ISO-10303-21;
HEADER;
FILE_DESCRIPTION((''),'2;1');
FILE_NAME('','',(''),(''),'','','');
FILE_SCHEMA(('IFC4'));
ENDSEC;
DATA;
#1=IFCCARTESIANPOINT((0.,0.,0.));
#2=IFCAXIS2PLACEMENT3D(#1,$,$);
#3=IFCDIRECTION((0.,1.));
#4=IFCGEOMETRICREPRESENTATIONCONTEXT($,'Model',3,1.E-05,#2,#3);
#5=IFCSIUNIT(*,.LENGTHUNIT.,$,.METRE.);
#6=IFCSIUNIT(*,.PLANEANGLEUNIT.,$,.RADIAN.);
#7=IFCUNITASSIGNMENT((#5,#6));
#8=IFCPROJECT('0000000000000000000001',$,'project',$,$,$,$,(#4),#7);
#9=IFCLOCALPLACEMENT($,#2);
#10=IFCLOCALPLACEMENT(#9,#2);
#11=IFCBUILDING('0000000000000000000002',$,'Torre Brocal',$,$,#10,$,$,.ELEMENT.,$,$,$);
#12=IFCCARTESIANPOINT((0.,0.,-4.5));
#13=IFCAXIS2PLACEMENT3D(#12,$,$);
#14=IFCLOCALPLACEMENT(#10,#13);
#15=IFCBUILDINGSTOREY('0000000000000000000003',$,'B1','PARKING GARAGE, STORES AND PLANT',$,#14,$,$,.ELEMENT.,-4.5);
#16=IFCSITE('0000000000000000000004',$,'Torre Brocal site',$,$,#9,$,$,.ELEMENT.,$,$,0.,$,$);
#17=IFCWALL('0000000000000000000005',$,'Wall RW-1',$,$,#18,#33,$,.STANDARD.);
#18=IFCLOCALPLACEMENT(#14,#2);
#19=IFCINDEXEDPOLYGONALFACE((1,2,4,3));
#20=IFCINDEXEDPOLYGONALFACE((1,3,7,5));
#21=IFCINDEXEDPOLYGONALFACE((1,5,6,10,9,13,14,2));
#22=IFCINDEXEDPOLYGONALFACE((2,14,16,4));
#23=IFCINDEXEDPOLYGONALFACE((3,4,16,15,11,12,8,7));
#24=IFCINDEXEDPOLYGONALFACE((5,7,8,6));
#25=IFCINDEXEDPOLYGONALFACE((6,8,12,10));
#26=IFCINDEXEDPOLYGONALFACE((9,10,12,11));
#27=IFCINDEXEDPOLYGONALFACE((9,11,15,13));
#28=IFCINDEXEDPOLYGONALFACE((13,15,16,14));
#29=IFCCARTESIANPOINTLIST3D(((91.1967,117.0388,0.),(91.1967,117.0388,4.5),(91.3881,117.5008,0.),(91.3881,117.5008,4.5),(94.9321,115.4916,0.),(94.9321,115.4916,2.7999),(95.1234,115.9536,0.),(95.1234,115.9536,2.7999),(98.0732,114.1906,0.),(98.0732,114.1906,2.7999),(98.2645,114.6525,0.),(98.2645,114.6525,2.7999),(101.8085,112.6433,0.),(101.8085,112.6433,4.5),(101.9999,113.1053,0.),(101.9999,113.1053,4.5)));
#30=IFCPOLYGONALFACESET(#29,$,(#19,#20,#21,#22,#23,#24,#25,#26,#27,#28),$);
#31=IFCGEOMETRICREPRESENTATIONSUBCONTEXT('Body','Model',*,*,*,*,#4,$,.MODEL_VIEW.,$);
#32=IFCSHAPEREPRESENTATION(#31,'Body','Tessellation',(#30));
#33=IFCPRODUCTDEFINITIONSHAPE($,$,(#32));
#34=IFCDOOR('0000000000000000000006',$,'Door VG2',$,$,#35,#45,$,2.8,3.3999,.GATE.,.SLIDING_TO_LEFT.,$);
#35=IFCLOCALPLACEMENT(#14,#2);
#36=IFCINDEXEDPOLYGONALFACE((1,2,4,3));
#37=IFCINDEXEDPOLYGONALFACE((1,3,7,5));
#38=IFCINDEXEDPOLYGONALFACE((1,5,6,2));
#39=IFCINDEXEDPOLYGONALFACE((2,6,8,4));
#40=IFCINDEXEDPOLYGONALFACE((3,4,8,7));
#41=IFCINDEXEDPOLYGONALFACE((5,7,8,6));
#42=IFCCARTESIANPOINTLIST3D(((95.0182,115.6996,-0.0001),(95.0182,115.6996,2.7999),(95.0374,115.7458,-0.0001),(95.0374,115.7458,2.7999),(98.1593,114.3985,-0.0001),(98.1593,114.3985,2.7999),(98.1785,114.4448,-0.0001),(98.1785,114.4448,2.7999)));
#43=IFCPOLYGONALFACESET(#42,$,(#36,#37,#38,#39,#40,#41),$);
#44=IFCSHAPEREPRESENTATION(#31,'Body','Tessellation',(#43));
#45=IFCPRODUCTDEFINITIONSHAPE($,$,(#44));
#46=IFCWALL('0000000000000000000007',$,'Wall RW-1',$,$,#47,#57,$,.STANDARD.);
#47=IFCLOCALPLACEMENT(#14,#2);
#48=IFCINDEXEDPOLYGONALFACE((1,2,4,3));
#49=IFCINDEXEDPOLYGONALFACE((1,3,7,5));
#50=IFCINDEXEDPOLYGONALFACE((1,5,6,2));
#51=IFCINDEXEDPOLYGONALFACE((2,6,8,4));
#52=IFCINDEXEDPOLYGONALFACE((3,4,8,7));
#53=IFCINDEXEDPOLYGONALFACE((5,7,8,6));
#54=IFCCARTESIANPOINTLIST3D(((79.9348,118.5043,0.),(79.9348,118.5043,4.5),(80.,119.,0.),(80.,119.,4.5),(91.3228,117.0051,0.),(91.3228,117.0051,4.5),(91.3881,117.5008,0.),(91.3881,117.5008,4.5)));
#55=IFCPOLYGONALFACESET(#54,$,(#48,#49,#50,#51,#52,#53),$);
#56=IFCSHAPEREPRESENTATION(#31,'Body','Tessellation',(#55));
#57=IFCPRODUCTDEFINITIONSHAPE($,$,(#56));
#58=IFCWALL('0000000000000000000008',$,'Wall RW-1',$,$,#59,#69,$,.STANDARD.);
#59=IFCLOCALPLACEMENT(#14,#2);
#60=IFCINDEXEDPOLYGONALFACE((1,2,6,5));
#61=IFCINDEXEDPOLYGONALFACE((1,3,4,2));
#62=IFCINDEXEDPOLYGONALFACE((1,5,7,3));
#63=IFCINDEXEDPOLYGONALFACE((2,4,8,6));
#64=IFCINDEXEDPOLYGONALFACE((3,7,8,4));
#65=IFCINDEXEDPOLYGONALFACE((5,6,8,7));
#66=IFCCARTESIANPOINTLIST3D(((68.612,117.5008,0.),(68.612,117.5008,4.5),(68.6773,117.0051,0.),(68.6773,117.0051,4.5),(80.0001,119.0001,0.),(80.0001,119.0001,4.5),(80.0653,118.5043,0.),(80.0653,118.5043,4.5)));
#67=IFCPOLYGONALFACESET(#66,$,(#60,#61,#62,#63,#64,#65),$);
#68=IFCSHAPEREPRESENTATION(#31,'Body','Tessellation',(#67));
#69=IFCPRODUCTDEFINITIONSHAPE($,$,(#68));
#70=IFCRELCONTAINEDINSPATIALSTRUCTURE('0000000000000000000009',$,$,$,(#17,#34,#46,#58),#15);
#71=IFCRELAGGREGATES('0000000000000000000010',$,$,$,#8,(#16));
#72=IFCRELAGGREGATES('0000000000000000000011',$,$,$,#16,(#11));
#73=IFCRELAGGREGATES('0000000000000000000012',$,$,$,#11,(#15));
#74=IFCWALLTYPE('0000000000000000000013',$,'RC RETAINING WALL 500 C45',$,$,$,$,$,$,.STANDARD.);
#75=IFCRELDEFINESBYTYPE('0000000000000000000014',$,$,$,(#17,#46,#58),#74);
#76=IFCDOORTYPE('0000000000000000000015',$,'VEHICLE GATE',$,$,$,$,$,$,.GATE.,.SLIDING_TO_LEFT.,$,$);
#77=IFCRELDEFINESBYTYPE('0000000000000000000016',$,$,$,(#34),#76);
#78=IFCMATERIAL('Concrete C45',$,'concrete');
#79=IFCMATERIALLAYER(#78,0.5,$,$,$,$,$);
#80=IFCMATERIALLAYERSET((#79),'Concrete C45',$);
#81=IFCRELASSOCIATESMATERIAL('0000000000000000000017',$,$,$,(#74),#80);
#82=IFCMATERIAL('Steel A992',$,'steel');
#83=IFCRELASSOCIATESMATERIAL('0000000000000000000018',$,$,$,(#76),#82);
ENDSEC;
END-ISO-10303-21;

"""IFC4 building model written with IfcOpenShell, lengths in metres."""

from ifc_helpers import new_model, si_unit, direction, frame, frame_2d, origin, place, context, subcontext, project, spatial, rectangle, extrude, material, layer, layer_set, type_object, element, fill, save


model = new_model("IFC4")

# Units and contexts
model_context = context("Model", 3, precision=1e-05, world=origin(), true_north=direction((0.0, 1.0)))
body_context = subcontext(model_context, "Body", "Model", "MODEL_VIEW")
ifc_project = project(units=[si_unit("LENGTHUNIT", "METRE"), si_unit("PLANEANGLEUNIT", "RADIAN")], contexts=[model_context])

# Site, building, storey
site_placement = place(None, origin())
site = spatial("IfcSite", under=ifc_project, at=site_placement, Name="Torre Brocal site", CompositionType="ELEMENT", RefElevation=0.0)
building_placement = place(site_placement, origin())
building = spatial("IfcBuilding", under=site, at=building_placement, Name="Torre Brocal", CompositionType="ELEMENT")
storey_placement = place(building_placement, frame((0.0, 0.0, -4.5)))
storey = spatial("IfcBuildingStorey", under=building, at=storey_placement, Name="B1", Description="PARKING GARAGE, STORES AND PLANT", CompositionType="ELEMENT", Elevation=-4.5)

# Shared definitions
ifc_material_1 = material(Name="Concrete C45", Category="concrete")
ifc_layer_1 = layer(ifc_material_1, 0.5)
ifc_layer_set_1 = layer_set([ifc_layer_1], Name="Concrete C45")
wall_type_1 = type_object("IfcWallType", Name="RC RETAINING WALL 500 C45", PredefinedType="STANDARD", material=ifc_layer_set_1)

# Wall, opening, door
wall_1_placement = place(storey_placement, frame((101.9043, 112.8743, 0.0), z_axis=(0.0, 0.0, 1.0), x_axis=(-0.923881, 0.38268, 0.0)))
wall_1 = element("IfcWall", 1, at=wall_1_placement, inside=storey, type_object=wall_type_1, Name="Wall RW-1", PredefinedType="STANDARD", context=body_context, shape_type="SweptSolid", body=[
    extrude(rectangle(XDim=11.4861, YDim=0.5, at=frame_2d((5.7432, 0.0))), origin(), (0.0, 0.0, 1.0), 4.5),
])
opening_placement = place(wall_1_placement, frame((4.0432, 0.0, 0.0)))
opening = element("IfcOpeningElement", 2, at=opening_placement, cuts=wall_1, PredefinedType="OPENING", context=body_context, shape_type="SweptSolid", body=[
    extrude(rectangle(XDim=3.3999, YDim=2.8, at=frame_2d((1.7, 1.3999))), frame((0.0, 0.26, 0.0), z_axis=(0.0, -1.0, 0.0), x_axis=(1.0, 0.0, 0.0)), (0.0, 0.0, 1.0), 0.52),
])
ifc_material_2 = material(Name="Steel A992", Category="steel")
door_type = type_object("IfcDoorType", Name="VEHICLE GATE", OperationType="SLIDING_TO_LEFT", PredefinedType="GATE", material=ifc_material_2)
door_placement = place(opening_placement, origin())
door = element("IfcDoor", 3, at=door_placement, inside=storey, type_object=door_type, Name="Door VG2", OperationType="SLIDING_TO_LEFT", OverallHeight=2.8, OverallWidth=3.3999, PredefinedType="GATE", context=body_context, shape_type="SweptSolid", body=[
    extrude(rectangle(XDim=3.3999, YDim=2.8, at=frame_2d((1.7, 1.3999))), frame((0.0, 0.0249, 0.0), z_axis=(0.0, -1.0, 0.0), x_axis=(1.0, 0.0, 0.0)), (0.0, 0.0, 1.0), 0.05),
])
fill(opening, door)

# Walls
for number, where, z_axis, x_axis, name in (
    (4, (91.3555, 117.2529, 0.0), (0.0, 0.0, 1.0), (-0.991445, 0.130525, 0.0), "Wall RW-1"),
    (5, (80.0327, 118.7522, 0.0), (0.0, 0.0, 1.0), (-0.991445, -0.130525, 0.0), "Wall RW-1"),
):
    element("IfcWall", number, at=place(storey_placement, frame(where, z_axis=z_axis, x_axis=x_axis)), inside=storey, type_object=wall_type_1, Name=name, PredefinedType="STANDARD", context=body_context, shape_type="SweptSolid", body=[
        extrude(rectangle(XDim=11.4863, YDim=0.5, at=frame_2d((5.7432, 0.0))), origin(), (0.0, 0.0, 1.0), 4.5),
    ])

save(model, "model.ifc")
